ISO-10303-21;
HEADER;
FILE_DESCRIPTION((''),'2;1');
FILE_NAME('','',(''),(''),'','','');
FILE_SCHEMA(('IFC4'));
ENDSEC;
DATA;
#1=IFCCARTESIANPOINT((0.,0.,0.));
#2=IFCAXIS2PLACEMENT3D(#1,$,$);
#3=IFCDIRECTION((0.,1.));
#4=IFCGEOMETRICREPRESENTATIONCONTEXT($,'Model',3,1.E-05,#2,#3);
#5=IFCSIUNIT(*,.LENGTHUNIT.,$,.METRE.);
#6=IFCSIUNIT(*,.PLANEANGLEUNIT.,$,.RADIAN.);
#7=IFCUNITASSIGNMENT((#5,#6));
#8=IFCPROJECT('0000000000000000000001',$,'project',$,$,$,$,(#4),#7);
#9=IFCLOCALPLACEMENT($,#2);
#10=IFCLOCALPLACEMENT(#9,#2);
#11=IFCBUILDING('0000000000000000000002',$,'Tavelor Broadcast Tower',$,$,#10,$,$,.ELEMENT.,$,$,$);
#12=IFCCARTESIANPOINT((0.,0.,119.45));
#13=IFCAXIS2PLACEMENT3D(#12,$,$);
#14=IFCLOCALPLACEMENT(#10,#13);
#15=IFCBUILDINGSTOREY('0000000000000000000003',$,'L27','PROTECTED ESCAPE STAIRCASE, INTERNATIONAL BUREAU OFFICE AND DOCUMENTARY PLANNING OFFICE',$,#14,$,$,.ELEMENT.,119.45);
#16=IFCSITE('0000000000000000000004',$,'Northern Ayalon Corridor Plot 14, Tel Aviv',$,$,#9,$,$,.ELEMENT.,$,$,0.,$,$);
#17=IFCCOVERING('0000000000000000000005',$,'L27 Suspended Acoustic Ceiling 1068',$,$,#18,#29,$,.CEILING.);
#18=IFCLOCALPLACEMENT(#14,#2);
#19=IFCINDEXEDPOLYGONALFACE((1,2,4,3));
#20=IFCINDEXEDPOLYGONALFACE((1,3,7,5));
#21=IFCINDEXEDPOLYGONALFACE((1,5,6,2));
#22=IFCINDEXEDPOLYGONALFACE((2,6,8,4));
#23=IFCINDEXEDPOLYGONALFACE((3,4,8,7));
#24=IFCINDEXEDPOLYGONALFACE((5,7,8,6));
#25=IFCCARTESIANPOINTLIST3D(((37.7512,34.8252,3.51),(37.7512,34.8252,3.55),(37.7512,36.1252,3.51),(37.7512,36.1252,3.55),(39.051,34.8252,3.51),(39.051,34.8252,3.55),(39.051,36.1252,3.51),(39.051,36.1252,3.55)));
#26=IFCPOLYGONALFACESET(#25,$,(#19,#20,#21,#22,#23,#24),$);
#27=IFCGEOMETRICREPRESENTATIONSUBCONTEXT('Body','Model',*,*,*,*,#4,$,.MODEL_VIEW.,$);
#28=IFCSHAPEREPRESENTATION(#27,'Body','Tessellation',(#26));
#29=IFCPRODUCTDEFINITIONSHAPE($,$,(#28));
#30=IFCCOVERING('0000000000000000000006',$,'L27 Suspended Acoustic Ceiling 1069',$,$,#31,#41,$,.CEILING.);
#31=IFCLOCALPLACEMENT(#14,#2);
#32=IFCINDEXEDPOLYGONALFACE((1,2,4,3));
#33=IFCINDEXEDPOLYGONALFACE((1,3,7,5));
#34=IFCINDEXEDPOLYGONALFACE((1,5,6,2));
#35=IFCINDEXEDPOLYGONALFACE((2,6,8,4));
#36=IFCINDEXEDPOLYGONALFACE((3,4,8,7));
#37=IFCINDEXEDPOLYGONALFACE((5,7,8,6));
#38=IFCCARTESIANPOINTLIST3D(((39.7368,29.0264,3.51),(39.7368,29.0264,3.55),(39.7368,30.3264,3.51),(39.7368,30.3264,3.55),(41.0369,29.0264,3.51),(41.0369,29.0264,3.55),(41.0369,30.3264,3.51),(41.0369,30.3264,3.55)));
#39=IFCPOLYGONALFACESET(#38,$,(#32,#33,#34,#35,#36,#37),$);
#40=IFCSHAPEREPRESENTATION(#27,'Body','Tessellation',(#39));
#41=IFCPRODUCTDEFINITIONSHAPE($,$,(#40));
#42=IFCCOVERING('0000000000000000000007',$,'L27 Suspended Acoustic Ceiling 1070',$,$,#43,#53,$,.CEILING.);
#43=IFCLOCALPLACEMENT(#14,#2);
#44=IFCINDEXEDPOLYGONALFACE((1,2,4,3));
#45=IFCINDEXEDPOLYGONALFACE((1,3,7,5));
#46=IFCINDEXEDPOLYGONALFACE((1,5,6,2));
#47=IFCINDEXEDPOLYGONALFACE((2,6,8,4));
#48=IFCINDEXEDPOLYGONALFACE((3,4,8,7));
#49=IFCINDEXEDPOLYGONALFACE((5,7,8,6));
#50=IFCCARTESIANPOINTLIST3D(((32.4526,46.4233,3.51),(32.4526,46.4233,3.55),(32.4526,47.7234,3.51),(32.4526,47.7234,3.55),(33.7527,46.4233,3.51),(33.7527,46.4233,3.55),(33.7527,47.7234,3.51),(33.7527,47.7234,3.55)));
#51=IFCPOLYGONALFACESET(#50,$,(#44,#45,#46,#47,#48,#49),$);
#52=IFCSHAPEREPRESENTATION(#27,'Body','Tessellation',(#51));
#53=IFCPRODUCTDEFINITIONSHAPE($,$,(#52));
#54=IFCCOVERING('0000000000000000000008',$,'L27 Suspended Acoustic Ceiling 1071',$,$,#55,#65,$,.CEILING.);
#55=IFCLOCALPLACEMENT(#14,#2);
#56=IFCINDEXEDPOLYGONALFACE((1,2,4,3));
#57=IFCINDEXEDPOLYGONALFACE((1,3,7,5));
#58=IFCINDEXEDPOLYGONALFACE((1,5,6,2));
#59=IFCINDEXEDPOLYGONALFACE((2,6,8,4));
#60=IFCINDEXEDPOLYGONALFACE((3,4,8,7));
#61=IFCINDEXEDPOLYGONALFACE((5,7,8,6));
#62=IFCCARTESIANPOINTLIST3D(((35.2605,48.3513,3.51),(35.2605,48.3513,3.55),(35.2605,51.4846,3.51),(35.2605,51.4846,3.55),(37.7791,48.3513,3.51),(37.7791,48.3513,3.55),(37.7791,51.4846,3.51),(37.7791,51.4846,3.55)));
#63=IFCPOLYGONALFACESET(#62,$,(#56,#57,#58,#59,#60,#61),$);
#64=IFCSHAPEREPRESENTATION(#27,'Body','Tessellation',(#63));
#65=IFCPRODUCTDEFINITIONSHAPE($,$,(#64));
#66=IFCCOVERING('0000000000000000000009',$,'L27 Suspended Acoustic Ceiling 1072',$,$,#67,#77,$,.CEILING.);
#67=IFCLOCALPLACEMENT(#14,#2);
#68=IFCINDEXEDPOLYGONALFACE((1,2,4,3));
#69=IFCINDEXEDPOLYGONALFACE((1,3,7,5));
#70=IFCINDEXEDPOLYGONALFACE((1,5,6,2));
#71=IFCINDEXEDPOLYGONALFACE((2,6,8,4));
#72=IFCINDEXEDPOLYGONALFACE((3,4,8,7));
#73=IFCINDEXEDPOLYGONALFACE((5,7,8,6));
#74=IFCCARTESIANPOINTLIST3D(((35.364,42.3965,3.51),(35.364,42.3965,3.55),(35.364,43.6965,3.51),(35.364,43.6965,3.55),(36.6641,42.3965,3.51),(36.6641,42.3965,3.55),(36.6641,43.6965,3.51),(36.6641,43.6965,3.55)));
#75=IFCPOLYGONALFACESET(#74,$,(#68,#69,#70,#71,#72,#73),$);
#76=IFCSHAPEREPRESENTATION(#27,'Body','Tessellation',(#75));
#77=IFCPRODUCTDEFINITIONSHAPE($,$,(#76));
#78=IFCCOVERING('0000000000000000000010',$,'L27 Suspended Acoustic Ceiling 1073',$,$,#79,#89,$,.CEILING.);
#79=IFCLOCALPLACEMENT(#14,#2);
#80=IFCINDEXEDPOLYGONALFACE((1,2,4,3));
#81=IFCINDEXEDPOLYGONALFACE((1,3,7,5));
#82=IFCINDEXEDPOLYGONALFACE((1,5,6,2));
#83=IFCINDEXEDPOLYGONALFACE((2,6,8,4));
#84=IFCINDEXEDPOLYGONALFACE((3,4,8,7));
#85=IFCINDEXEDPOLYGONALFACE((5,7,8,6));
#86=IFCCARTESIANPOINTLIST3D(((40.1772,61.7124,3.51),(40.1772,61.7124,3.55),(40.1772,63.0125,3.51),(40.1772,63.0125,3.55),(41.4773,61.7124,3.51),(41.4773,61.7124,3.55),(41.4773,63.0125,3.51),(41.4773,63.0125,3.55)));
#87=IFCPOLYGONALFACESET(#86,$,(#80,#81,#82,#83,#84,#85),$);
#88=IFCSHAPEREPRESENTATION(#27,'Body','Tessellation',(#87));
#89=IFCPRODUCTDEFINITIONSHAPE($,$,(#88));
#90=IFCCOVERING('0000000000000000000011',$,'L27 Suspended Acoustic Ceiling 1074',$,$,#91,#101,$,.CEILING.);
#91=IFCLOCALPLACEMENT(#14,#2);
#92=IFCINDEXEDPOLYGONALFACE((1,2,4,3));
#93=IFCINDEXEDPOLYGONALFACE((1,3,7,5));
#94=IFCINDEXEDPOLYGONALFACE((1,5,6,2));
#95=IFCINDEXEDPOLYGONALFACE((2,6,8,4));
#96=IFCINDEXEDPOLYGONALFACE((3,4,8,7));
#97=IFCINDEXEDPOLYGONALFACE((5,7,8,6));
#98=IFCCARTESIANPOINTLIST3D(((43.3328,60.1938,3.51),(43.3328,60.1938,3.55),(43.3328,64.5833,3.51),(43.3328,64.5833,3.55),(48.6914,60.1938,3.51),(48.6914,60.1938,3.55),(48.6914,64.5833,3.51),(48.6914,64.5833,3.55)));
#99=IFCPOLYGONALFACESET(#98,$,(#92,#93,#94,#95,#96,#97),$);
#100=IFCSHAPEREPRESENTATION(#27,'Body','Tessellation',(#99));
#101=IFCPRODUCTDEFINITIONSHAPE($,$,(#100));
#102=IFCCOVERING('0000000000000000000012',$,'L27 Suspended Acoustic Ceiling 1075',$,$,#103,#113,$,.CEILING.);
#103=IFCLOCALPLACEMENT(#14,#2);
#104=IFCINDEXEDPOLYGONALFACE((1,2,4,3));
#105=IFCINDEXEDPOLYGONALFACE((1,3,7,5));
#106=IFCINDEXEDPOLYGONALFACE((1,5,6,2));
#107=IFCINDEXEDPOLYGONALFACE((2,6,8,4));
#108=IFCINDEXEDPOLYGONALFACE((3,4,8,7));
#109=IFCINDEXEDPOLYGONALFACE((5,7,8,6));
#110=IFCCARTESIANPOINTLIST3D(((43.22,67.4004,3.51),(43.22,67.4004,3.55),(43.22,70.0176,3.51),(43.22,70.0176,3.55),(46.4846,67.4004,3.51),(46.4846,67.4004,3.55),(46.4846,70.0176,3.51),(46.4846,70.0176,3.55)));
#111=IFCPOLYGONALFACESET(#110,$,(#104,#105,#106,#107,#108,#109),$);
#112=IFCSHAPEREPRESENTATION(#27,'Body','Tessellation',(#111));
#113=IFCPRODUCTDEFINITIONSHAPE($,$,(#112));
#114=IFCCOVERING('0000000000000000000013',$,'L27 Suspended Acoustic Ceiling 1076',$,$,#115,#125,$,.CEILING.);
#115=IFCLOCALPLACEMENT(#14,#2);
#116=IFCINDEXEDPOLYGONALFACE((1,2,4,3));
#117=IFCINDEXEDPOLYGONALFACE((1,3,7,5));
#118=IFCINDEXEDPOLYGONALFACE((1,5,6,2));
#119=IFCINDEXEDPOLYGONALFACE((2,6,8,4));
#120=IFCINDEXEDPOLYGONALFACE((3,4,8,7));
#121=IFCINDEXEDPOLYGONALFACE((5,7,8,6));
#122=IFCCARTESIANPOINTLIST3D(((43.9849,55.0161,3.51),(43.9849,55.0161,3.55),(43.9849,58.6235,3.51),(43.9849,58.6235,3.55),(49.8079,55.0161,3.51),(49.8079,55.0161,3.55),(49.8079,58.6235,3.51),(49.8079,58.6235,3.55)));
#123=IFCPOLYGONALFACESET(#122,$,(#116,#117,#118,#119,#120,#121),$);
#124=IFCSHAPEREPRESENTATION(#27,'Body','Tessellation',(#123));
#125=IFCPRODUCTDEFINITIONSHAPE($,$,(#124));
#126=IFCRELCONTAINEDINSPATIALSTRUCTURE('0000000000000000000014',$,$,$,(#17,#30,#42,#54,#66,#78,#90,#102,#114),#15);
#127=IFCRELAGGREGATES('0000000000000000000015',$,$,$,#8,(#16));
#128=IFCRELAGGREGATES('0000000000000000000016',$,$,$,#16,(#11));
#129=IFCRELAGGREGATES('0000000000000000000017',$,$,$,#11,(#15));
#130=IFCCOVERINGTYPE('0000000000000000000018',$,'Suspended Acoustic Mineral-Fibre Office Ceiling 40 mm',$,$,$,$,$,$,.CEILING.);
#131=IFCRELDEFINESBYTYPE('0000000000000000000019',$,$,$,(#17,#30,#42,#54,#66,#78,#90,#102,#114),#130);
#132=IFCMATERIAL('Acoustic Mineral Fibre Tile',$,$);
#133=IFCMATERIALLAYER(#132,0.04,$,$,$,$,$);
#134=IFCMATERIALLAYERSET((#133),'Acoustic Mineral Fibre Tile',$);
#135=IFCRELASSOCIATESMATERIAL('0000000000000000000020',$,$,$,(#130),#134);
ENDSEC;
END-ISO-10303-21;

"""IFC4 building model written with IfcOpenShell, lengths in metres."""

from ifc_helpers import new_model, si_unit, direction, frame, origin, place, context, subcontext, project, spatial, polyline, outline, extrude, material, layer, layer_set, type_object, element, save


model = new_model("IFC4")

# Units and contexts
model_context = context("Model", 3, precision=1e-05, world=origin(), true_north=direction((0.0, 1.0)))
body_context = subcontext(model_context, "Body", "Model", "MODEL_VIEW")
ifc_project = project(units=[si_unit("LENGTHUNIT", "METRE"), si_unit("PLANEANGLEUNIT", "RADIAN")], contexts=[model_context])

# Site, building, storey
site_placement = place(None, origin())
site = spatial("IfcSite", under=ifc_project, at=site_placement, Name="Northern Ayalon Corridor Plot 14, Tel Aviv", CompositionType="ELEMENT", RefElevation=0.0)
building_placement = place(site_placement, origin())
building = spatial("IfcBuilding", under=site, at=building_placement, Name="Tavelor Broadcast Tower", CompositionType="ELEMENT")
storey_placement = place(building_placement, frame((0.0, 0.0, 119.45)))
storey = spatial("IfcBuildingStorey", under=building, at=storey_placement, Name="L27", Description="PROTECTED ESCAPE STAIRCASE, INTERNATIONAL BUREAU OFFICE AND DOCUMENTARY PLANNING OFFICE", CompositionType="ELEMENT", Elevation=119.45)

# Coverings
ifc_material_1 = material(Name="Acoustic Mineral Fibre Tile")
ifc_layer_1 = layer(ifc_material_1, 0.04)
ifc_layer_set_1 = layer_set([ifc_layer_1], Name="Acoustic Mineral Fibre Tile")
covering_type_1 = type_object("IfcCoveringType", Name="Suspended Acoustic Mineral-Fibre Office Ceiling 40 mm", PredefinedType="CEILING", material=ifc_layer_set_1)
covering_1_placement = place(storey_placement, frame((0.0, 0.0, 3.51)))
element("IfcCovering", 1, at=covering_1_placement, inside=storey, type_object=covering_type_1, Name="L27 Suspended Acoustic Ceiling 1068", PredefinedType="CEILING", context=body_context, shape_type="SweptSolid", body=[
    extrude(outline(polyline([(37.7512, 34.8252), (39.051, 34.8252), (39.051, 36.1252), (37.7512, 36.1252), (37.7512, 34.8252)])), origin(), (0.0, 0.0, 1.0), 0.04),
])
covering_2_placement = place(storey_placement, frame((0.0, 0.0, 3.51)))
element("IfcCovering", 2, at=covering_2_placement, inside=storey, type_object=covering_type_1, Name="L27 Suspended Acoustic Ceiling 1069", PredefinedType="CEILING", context=body_context, shape_type="SweptSolid", body=[
    extrude(outline(polyline([(39.7368, 29.0264), (41.0369, 29.0264), (41.0369, 30.3264), (39.7368, 30.3264), (39.7368, 29.0264)])), origin(), (0.0, 0.0, 1.0), 0.04),
])
covering_3_placement = place(storey_placement, frame((0.0, 0.0, 3.51)))
element("IfcCovering", 3, at=covering_3_placement, inside=storey, type_object=covering_type_1, Name="L27 Suspended Acoustic Ceiling 1070", PredefinedType="CEILING", context=body_context, shape_type="SweptSolid", body=[
    extrude(outline(polyline([(32.4526, 46.4233), (33.7527, 46.4233), (33.7527, 47.7234), (32.4526, 47.7234), (32.4526, 46.4233)])), origin(), (0.0, 0.0, 1.0), 0.04),
])
covering_4_placement = place(storey_placement, frame((0.0, 0.0, 3.51)))
element("IfcCovering", 4, at=covering_4_placement, inside=storey, type_object=covering_type_1, Name="L27 Suspended Acoustic Ceiling 1071", PredefinedType="CEILING", context=body_context, shape_type="SweptSolid", body=[
    extrude(outline(polyline([(35.2605, 48.3513), (37.7791, 48.3513), (37.7791, 51.4846), (35.2605, 51.4846), (35.2605, 48.3513)])), origin(), (0.0, 0.0, 1.0), 0.04),
])
covering_5_placement = place(storey_placement, frame((0.0, 0.0, 3.51)))
element("IfcCovering", 5, at=covering_5_placement, inside=storey, type_object=covering_type_1, Name="L27 Suspended Acoustic Ceiling 1072", PredefinedType="CEILING", context=body_context, shape_type="SweptSolid", body=[
    extrude(outline(polyline([(35.364, 42.3965), (36.6641, 42.3965), (36.6641, 43.6965), (35.364, 43.6965), (35.364, 42.3965)])), origin(), (0.0, 0.0, 1.0), 0.04),
])
covering_6_placement = place(storey_placement, frame((0.0, 0.0, 3.51)))
element("IfcCovering", 6, at=covering_6_placement, inside=storey, type_object=covering_type_1, Name="L27 Suspended Acoustic Ceiling 1073", PredefinedType="CEILING", context=body_context, shape_type="SweptSolid", body=[
    extrude(outline(polyline([(40.1772, 61.7124), (41.4773, 61.7124), (41.4773, 63.0125), (40.1772, 63.0125), (40.1772, 61.7124)])), origin(), (0.0, 0.0, 1.0), 0.04),
])
covering_7_placement = place(storey_placement, frame((0.0, 0.0, 3.51)))
element("IfcCovering", 7, at=covering_7_placement, inside=storey, type_object=covering_type_1, Name="L27 Suspended Acoustic Ceiling 1074", PredefinedType="CEILING", context=body_context, shape_type="SweptSolid", body=[
    extrude(outline(polyline([(43.3328, 60.1938), (48.6914, 60.1938), (48.6914, 64.5833), (43.3328, 64.5833), (43.3328, 60.1938)])), origin(), (0.0, 0.0, 1.0), 0.04),
])
covering_8_placement = place(storey_placement, frame((0.0, 0.0, 3.51)))
element("IfcCovering", 8, at=covering_8_placement, inside=storey, type_object=covering_type_1, Name="L27 Suspended Acoustic Ceiling 1075", PredefinedType="CEILING", context=body_context, shape_type="SweptSolid", body=[
    extrude(outline(polyline([(43.22, 67.4004), (46.4846, 67.4004), (46.4846, 70.0176), (43.22, 70.0176), (43.22, 67.4004)])), origin(), (0.0, 0.0, 1.0), 0.04),
])
covering_9_placement = place(storey_placement, frame((0.0, 0.0, 3.51)))
element("IfcCovering", 9, at=covering_9_placement, inside=storey, type_object=covering_type_1, Name="L27 Suspended Acoustic Ceiling 1076", PredefinedType="CEILING", context=body_context, shape_type="SweptSolid", body=[
    extrude(outline(polyline([(43.9849, 55.0161), (49.8079, 55.0161), (49.8079, 58.6235), (43.9849, 58.6235), (43.9849, 55.0161)])), origin(), (0.0, 0.0, 1.0), 0.04),
])

save(model, "model.ifc")
